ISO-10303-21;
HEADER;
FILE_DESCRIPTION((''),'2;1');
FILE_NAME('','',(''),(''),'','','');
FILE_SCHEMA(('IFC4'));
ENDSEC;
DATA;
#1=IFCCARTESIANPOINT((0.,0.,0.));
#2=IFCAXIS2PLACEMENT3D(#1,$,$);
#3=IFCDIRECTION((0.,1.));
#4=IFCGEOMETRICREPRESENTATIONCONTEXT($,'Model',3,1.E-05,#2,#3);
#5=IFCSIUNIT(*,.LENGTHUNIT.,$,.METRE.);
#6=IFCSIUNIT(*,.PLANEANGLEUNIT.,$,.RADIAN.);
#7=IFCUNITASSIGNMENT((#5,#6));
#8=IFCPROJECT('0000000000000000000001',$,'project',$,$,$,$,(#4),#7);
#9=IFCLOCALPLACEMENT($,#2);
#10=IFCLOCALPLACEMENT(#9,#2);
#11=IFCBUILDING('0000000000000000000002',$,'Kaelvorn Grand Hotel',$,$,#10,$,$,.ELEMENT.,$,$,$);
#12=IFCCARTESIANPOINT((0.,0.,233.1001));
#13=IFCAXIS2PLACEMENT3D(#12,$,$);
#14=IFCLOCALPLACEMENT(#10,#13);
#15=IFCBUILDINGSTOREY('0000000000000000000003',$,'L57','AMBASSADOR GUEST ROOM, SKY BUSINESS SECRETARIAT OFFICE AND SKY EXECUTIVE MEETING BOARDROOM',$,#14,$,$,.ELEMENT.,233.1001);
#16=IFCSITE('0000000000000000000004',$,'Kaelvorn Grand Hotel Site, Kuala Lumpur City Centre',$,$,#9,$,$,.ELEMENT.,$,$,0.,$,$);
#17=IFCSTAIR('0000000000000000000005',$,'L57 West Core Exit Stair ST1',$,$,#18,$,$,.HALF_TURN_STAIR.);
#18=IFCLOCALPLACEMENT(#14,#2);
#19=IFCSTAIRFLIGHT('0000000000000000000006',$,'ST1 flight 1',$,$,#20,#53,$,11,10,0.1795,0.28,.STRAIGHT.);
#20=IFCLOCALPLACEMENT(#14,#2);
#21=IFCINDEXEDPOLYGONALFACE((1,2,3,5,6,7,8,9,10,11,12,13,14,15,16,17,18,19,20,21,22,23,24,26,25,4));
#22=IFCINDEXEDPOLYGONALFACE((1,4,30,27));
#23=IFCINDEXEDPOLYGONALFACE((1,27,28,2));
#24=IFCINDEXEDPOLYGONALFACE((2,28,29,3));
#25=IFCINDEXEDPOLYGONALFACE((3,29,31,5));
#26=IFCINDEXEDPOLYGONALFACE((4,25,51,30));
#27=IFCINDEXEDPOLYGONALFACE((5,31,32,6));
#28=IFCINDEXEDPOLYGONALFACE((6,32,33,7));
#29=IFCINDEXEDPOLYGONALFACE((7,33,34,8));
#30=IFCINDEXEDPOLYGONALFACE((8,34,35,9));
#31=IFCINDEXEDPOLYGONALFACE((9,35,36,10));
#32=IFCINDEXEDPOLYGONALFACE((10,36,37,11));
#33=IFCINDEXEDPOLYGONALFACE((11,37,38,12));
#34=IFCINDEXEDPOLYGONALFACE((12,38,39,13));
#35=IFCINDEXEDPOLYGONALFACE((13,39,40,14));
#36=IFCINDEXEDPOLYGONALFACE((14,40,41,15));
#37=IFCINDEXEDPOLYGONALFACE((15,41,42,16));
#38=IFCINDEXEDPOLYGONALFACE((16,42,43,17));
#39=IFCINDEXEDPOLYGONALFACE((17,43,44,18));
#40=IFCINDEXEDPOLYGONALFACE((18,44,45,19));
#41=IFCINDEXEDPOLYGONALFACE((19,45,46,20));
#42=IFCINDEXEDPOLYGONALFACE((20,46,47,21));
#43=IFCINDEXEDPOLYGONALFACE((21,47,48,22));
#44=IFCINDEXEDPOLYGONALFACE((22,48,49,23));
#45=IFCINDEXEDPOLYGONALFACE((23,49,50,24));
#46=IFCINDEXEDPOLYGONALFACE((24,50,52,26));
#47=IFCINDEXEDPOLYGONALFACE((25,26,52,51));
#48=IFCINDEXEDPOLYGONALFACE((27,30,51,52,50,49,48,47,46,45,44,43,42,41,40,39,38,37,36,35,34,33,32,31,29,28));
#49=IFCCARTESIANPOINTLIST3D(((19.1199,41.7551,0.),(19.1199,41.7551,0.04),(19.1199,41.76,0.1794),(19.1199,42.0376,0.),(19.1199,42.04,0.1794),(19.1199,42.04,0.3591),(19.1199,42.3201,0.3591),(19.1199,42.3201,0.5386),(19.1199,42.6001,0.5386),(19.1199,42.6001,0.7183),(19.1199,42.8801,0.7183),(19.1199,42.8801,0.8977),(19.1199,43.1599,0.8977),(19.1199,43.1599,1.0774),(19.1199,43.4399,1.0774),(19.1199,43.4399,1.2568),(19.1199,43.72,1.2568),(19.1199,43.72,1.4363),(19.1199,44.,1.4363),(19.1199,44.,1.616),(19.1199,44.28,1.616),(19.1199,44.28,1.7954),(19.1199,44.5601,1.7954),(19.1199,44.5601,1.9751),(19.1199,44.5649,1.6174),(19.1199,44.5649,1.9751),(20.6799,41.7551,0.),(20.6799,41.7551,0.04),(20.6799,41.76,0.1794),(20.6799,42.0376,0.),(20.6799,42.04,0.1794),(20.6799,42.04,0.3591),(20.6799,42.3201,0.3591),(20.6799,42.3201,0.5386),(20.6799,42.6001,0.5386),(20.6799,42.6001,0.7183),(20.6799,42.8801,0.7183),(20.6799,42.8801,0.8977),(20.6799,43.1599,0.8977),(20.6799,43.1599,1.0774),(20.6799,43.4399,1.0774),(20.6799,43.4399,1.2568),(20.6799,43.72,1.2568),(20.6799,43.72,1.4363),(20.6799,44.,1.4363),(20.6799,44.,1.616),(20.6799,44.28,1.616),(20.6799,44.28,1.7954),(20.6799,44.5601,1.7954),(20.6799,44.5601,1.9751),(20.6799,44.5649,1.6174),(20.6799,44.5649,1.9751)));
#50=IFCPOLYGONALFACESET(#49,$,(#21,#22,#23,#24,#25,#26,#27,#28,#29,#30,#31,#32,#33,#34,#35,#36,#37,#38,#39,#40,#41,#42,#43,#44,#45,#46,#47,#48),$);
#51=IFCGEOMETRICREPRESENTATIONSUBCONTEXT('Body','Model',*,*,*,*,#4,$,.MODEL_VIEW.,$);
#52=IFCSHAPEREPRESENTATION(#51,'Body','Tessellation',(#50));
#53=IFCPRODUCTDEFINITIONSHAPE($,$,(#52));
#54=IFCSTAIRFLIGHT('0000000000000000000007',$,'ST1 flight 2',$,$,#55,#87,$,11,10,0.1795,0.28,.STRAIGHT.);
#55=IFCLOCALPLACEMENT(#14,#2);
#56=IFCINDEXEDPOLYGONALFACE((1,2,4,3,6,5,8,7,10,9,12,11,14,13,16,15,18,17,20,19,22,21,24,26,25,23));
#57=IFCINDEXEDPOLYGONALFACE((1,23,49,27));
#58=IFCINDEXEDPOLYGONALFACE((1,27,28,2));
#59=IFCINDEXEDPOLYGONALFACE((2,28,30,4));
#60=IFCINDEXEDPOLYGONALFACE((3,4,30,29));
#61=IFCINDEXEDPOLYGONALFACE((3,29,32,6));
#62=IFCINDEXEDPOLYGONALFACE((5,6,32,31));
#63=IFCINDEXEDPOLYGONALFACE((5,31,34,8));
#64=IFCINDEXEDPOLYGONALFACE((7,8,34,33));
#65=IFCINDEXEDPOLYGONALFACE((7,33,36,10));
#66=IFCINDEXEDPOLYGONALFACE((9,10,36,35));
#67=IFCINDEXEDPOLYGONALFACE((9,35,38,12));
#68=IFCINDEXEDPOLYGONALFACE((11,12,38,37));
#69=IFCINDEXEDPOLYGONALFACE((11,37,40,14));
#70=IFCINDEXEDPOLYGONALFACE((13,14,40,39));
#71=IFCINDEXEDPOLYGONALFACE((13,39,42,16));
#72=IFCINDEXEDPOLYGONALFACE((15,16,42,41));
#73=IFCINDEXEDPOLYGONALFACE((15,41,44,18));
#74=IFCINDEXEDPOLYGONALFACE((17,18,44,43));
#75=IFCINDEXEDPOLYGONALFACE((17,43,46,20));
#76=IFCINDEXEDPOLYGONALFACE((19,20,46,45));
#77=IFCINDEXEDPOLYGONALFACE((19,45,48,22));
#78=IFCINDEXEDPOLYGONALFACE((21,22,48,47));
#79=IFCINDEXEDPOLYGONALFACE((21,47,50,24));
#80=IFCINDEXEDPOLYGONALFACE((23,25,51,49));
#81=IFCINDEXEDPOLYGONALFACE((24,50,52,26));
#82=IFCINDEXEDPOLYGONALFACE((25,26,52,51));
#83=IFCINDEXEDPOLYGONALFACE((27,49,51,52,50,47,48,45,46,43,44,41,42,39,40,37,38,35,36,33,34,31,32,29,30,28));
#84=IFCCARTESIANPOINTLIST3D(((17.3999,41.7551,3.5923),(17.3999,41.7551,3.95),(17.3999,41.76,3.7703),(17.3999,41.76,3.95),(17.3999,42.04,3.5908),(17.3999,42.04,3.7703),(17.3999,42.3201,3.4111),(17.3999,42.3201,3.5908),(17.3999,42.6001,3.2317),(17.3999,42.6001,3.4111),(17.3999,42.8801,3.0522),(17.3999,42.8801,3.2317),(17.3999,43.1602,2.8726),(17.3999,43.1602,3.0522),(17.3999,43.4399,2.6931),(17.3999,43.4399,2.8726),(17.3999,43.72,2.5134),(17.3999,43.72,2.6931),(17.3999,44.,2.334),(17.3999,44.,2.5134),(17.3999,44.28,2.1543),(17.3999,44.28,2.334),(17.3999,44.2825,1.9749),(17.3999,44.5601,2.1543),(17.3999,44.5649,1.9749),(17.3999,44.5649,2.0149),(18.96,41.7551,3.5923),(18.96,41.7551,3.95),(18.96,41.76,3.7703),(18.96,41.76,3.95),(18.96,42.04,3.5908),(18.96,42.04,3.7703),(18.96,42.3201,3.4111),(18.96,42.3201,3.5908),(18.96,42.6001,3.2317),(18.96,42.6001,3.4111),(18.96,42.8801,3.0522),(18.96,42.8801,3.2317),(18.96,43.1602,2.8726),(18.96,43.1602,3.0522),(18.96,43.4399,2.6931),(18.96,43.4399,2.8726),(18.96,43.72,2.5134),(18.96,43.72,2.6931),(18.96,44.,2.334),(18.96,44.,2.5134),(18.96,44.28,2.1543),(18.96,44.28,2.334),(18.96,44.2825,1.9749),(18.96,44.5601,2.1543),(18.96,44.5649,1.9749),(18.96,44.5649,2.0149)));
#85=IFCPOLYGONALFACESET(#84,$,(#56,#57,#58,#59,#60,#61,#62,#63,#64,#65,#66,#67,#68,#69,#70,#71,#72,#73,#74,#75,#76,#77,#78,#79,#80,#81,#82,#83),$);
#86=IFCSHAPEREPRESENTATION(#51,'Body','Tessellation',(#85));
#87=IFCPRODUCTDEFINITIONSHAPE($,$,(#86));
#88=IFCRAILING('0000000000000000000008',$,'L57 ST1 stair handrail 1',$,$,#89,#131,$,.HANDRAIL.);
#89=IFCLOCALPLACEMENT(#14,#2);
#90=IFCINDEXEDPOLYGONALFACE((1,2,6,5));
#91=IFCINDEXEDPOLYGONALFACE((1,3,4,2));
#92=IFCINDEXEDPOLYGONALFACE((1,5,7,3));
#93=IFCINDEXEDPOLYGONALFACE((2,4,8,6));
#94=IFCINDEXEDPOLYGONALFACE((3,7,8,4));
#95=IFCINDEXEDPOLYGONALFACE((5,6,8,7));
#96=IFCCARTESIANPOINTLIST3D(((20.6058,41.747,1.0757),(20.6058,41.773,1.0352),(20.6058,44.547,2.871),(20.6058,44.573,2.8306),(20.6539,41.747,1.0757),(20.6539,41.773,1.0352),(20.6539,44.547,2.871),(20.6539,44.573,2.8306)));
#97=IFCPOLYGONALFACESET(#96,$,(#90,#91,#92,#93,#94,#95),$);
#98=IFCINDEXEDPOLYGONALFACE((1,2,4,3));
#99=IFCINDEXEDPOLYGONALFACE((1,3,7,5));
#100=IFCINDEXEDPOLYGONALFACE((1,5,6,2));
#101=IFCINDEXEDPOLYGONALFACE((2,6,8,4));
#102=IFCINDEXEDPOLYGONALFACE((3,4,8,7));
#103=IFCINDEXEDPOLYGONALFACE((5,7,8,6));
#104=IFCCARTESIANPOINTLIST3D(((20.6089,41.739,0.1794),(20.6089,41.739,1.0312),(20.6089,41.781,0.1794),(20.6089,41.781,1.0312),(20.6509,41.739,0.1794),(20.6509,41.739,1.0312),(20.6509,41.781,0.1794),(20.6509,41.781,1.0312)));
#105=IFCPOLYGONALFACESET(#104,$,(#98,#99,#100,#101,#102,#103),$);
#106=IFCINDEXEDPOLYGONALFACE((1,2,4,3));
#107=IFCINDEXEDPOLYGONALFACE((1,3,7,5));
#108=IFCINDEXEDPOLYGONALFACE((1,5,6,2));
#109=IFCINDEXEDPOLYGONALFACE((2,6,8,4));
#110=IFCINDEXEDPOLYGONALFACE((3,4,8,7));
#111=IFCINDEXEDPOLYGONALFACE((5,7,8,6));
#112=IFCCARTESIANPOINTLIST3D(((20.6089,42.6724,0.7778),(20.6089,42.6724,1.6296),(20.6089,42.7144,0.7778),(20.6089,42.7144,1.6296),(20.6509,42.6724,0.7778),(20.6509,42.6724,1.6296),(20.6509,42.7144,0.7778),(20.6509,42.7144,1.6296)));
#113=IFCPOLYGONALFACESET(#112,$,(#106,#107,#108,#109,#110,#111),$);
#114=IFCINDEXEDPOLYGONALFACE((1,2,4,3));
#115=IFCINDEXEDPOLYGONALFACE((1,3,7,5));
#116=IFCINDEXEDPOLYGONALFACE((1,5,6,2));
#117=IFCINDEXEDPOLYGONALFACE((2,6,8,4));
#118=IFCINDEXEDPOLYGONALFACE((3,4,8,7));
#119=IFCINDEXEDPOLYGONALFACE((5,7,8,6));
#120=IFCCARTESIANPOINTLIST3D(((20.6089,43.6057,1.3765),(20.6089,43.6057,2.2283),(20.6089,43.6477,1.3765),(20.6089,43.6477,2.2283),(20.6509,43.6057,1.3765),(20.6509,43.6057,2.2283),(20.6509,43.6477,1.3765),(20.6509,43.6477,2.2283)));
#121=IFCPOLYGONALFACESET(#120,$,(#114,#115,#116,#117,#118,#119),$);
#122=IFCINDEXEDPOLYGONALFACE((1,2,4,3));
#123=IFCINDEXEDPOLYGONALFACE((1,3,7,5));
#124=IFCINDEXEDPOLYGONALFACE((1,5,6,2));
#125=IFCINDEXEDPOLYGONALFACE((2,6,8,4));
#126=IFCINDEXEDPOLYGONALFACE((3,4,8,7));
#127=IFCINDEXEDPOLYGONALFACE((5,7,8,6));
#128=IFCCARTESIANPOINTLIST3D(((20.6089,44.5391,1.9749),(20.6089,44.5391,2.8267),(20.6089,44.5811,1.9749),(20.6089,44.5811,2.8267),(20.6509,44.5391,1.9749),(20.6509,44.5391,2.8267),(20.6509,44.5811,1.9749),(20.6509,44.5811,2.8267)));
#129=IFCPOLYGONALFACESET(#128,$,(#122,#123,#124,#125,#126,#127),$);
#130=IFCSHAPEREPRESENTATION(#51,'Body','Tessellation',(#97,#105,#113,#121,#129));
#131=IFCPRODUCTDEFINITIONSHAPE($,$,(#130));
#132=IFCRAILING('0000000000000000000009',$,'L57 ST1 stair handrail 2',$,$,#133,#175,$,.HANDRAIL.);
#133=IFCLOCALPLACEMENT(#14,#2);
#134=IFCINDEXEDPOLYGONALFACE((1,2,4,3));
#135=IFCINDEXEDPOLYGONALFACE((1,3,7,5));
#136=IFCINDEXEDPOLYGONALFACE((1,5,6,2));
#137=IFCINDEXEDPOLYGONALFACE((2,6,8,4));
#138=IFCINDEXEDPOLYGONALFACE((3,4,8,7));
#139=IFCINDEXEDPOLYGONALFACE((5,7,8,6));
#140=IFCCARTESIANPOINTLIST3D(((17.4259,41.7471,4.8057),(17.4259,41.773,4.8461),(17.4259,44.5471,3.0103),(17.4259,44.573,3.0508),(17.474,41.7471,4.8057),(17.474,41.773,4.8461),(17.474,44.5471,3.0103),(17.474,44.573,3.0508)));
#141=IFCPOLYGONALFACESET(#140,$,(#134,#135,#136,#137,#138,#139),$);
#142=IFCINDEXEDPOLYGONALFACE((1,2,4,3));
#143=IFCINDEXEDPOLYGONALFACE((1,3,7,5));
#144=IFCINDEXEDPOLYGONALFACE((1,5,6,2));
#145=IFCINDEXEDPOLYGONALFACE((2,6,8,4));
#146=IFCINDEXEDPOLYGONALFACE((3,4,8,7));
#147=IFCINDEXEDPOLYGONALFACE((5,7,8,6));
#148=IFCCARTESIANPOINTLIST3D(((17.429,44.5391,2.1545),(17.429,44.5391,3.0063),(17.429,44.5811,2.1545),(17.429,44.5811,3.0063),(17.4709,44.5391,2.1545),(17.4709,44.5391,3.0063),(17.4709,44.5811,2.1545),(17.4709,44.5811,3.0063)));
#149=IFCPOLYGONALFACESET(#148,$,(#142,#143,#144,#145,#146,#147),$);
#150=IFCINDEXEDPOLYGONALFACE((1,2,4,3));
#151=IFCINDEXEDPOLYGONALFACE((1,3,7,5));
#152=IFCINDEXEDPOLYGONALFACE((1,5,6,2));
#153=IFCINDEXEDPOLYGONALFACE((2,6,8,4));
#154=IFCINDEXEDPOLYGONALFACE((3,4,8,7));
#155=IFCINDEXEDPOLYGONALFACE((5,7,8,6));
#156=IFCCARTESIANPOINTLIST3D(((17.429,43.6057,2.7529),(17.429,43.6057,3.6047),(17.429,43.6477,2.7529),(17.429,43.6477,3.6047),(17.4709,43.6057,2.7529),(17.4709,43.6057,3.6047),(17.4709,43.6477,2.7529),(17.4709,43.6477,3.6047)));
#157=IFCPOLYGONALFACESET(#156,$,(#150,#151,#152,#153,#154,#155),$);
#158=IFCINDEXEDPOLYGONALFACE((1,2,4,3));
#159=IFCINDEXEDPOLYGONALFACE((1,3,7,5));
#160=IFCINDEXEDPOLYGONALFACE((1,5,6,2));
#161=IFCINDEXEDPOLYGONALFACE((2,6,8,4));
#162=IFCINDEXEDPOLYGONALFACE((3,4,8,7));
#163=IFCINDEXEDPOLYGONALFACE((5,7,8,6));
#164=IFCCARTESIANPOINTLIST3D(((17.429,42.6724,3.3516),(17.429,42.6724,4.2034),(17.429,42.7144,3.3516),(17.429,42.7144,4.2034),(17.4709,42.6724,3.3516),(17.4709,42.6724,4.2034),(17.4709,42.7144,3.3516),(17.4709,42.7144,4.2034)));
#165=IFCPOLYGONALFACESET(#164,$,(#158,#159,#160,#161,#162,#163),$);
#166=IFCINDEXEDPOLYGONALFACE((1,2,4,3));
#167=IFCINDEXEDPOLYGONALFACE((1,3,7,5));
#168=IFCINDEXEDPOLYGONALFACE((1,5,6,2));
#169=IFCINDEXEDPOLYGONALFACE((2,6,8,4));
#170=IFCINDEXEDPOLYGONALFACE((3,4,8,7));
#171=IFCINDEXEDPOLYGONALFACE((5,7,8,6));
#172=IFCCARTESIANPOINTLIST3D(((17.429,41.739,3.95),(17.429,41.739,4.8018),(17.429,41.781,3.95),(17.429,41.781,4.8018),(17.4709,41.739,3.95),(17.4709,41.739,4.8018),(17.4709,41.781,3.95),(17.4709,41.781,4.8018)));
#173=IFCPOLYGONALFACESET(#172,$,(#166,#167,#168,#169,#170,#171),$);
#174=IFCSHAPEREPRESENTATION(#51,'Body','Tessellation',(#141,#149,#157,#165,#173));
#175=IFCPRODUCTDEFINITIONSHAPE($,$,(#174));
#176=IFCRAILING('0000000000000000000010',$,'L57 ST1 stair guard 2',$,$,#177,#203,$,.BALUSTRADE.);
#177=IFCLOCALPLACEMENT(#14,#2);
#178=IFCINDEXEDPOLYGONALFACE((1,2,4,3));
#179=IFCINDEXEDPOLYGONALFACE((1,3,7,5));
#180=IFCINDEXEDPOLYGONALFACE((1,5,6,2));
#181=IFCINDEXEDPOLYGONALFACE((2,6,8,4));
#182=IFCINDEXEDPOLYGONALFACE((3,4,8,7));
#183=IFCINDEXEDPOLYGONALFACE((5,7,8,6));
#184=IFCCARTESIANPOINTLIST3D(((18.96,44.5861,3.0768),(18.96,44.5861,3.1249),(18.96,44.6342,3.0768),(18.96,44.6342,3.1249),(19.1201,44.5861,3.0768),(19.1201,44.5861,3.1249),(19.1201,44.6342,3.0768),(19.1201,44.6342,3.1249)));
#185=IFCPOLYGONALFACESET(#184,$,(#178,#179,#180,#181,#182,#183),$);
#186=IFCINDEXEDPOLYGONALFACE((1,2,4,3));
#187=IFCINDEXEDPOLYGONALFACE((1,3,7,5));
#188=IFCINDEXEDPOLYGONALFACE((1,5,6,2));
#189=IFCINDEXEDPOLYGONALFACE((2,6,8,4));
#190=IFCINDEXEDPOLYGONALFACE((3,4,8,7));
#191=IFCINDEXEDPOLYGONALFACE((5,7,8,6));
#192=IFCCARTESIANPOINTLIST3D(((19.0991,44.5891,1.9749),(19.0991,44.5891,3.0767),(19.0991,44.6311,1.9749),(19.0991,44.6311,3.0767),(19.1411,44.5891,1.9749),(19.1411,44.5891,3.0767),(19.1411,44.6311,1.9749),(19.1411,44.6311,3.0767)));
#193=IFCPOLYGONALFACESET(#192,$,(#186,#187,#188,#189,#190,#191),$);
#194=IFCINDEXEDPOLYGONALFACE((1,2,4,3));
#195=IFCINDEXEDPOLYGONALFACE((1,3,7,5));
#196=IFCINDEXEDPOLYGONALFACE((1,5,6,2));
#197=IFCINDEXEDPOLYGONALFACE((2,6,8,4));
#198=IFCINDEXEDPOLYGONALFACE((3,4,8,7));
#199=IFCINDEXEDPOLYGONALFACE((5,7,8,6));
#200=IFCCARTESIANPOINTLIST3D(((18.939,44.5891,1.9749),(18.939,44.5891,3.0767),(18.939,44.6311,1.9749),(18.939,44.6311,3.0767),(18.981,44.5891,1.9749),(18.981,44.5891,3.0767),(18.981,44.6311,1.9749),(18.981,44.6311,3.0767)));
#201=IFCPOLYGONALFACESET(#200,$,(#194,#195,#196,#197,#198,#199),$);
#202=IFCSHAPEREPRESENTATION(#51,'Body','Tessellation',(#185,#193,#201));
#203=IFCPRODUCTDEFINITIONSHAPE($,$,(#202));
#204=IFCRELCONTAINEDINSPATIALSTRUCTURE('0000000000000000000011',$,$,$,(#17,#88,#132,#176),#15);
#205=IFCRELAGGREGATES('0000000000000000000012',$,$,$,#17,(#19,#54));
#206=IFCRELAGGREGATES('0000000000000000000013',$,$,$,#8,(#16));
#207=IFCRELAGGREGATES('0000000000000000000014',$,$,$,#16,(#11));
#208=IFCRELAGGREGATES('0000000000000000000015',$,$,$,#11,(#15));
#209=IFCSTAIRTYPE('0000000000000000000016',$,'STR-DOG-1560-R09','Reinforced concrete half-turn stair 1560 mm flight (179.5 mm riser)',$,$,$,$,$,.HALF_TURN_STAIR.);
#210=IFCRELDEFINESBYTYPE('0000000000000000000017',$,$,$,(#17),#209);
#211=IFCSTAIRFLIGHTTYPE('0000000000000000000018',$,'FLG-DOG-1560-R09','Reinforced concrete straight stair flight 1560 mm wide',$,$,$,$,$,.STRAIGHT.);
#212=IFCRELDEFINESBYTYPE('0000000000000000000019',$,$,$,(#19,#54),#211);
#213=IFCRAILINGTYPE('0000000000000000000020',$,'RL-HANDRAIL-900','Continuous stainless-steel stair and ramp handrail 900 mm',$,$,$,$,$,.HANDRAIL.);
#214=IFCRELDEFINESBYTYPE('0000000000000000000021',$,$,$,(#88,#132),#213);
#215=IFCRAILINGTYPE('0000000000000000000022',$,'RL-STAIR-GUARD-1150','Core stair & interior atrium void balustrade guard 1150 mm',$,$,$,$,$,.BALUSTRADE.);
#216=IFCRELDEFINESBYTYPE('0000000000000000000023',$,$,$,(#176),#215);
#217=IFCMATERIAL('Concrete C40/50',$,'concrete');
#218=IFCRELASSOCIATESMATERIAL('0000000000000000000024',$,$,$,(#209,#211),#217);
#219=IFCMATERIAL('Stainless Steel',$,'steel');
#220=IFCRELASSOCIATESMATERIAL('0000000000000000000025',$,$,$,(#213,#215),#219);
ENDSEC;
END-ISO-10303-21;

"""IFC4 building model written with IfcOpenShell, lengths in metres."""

from ifc_helpers import new_model, si_unit, direction, frame, origin, origin_2d, place, context, subcontext, project, spatial, polyline, rectangle, outline, extrude, material, type_object, element, aggregate, save


model = new_model("IFC4")

# Units and contexts
model_context = context("Model", 3, precision=1e-05, world=origin(), true_north=direction((0.0, 1.0)))
body_context = subcontext(model_context, "Body", "Model", "MODEL_VIEW")
ifc_project = project(units=[si_unit("LENGTHUNIT", "METRE"), si_unit("PLANEANGLEUNIT", "RADIAN")], contexts=[model_context])

# Site, building, storey
site_placement = place(None, origin())
site = spatial("IfcSite", under=ifc_project, at=site_placement, Name="Kaelvorn Grand Hotel Site, Kuala Lumpur City Centre", CompositionType="ELEMENT", RefElevation=0.0)
building_placement = place(site_placement, origin())
building = spatial("IfcBuilding", under=site, at=building_placement, Name="Kaelvorn Grand Hotel", CompositionType="ELEMENT")
storey_placement = place(building_placement, frame((0.0, 0.0, 233.1001)))
storey = spatial("IfcBuildingStorey", under=building, at=storey_placement, Name="L57", Description="AMBASSADOR GUEST ROOM, SKY BUSINESS SECRETARIAT OFFICE AND SKY EXECUTIVE MEETING BOARDROOM", CompositionType="ELEMENT", Elevation=233.1001)

# Shared definitions
ifc_material_1 = material(Name="Concrete C40/50", Category="concrete")

# Stair, stair flights
stair_type = type_object("IfcStairType", Name="STR-DOG-1560-R09", Description="Reinforced concrete half-turn stair 1560 mm flight (179.5 mm riser)", PredefinedType="HALF_TURN_STAIR", material=ifc_material_1)
stair_placement = place(storey_placement, origin())
stair = element("IfcStair", 1, at=stair_placement, inside=storey, type_object=stair_type, Name="L57 West Core Exit Stair ST1", PredefinedType="HALF_TURN_STAIR")
stair_flight_type = type_object("IfcStairFlightType", Name="FLG-DOG-1560-R09", Description="Reinforced concrete straight stair flight 1560 mm wide", PredefinedType="STRAIGHT", material=ifc_material_1)
stair_flight_1_placement = place(storey_placement, frame((19.8999, 41.76, 0.0), z_axis=(0.0, 0.0, 1.0), x_axis=(0.0, 1.0, 0.0)))
stair_flight_1 = element("IfcStairFlight", 2, at=stair_flight_1_placement, type_object=stair_flight_type, Name="ST1 flight 1", NumberOfRisers=11, NumberOfTreads=10, PredefinedType="STRAIGHT", RiserHeight=0.1795, TreadLength=0.28, context=body_context, shape_type="SweptSolid", body=[
    extrude(outline(polyline([(-0.0049, 0.0), (-0.0049, 0.04), (0.0, 0.1794), (0.28, 0.1794), (0.28, 0.3591), (0.5601, 0.3591), (0.5601, 0.5386), (0.8401, 0.5386), (0.8401, 0.7183), (1.1201, 0.7183), (1.1201, 0.8977), (1.3999, 0.8977), (1.3999, 1.0774), (1.6799, 1.0774), (1.6799, 1.2568), (1.96, 1.2568), (1.96, 1.4363), (2.24, 1.4363), (2.24, 1.616), (2.52, 1.616), (2.52, 1.7954), (2.8, 1.7954), (2.8, 1.9751), (2.8049, 1.9751), (2.8049, 1.6174), (0.2776, 0.0), (-0.0049, 0.0)])), frame((0.0, 0.78, 0.0), z_axis=(0.0, -1.0, 0.0), x_axis=(1.0, 0.0, 0.0)), (0.0, 0.0, 1.0), 1.5601),
])
stair_flight_2_placement = place(storey_placement, frame((18.1799, 44.5601, 1.9749), z_axis=(0.0, 0.0, 1.0), x_axis=(0.0, -1.0, 0.0)))
stair_flight_2 = element("IfcStairFlight", 3, at=stair_flight_2_placement, type_object=stair_flight_type, Name="ST1 flight 2", NumberOfRisers=11, NumberOfTreads=10, PredefinedType="STRAIGHT", RiserHeight=0.1795, TreadLength=0.28, context=body_context, shape_type="SweptSolid", body=[
    extrude(outline(polyline([(-0.0049, 0.0), (-0.0049, 0.04), (0.0, 0.1794), (0.28, 0.1794), (0.28, 0.3591), (0.5601, 0.3591), (0.5601, 0.5386), (0.8401, 0.5386), (0.8401, 0.7183), (1.1201, 0.7183), (1.1201, 0.8977), (1.3999, 0.8977), (1.3999, 1.0774), (1.6799, 1.0774), (1.6799, 1.2568), (1.96, 1.2568), (1.96, 1.4363), (2.24, 1.4363), (2.24, 1.616), (2.52, 1.616), (2.52, 1.7954), (2.8, 1.7954), (2.8, 1.9751), (2.8049, 1.9751), (2.8049, 1.6174), (0.2776, 0.0), (-0.0049, 0.0)])), frame((0.0, 0.78, 0.0), z_axis=(0.0, -1.0, 0.0), x_axis=(1.0, 0.0, 0.0)), (0.0, 0.0, 1.0), 1.5601),
])
aggregate(stair, [stair_flight_1, stair_flight_2])

# Railings
ifc_material_2 = material(Name="Stainless Steel", Category="steel")
railing_type_1 = type_object("IfcRailingType", Name="RL-HANDRAIL-900", Description="Continuous stainless-steel stair and ramp handrail 900 mm", PredefinedType="HANDRAIL", material=ifc_material_2)
railing_1_placement = place(storey_placement, frame((20.6299, 41.76, 0.1794)))
element("IfcRailing", 4, at=railing_1_placement, inside=storey, type_object=railing_type_1, Name="L57 ST1 stair handrail 1", PredefinedType="HANDRAIL", context=body_context, shape_type="SweptSolid", body=[
    extrude(rectangle(XDim=0.0481, YDim=0.0481, at=origin_2d()), frame((0.0, 0.0, 0.876), z_axis=(0.0, 0.84181, 0.539774), x_axis=(-1.0, 0.0, 0.0)), (0.0, 0.0, 1.0), 3.3262),
    extrude(rectangle(XDim=0.042, YDim=0.042, at=origin_2d()), origin(), (0.0, 0.0, 1.0), 0.8518),
    extrude(rectangle(XDim=0.042, YDim=0.042, at=origin_2d()), frame((0.0, 0.9333, 0.5984)), (0.0, 0.0, 1.0), 0.8518),
    extrude(rectangle(XDim=0.042, YDim=0.042, at=origin_2d()), frame((0.0, 1.8667, 1.197)), (0.0, 0.0, 1.0), 0.8518),
    extrude(rectangle(XDim=0.042, YDim=0.042, at=origin_2d()), frame((0.0, 2.8, 1.7954)), (0.0, 0.0, 1.0), 0.8518),
])
railing_2_placement = place(storey_placement, frame((17.45, 44.5601, 2.1545)))
element("IfcRailing", 5, at=railing_2_placement, inside=storey, type_object=railing_type_1, Name="L57 ST1 stair handrail 2", PredefinedType="HANDRAIL", context=body_context, shape_type="SweptSolid", body=[
    extrude(rectangle(XDim=0.0481, YDim=0.0481, at=origin_2d()), frame((0.0, 0.0, 0.876), z_axis=(0.0, -0.84181, 0.539774), x_axis=(1.0, 0.0, 0.0)), (0.0, 0.0, 1.0), 3.3262),
    extrude(rectangle(XDim=0.042, YDim=0.042, at=origin_2d()), origin(), (0.0, 0.0, 1.0), 0.8518),
    extrude(rectangle(XDim=0.042, YDim=0.042, at=origin_2d()), frame((0.0, -0.9333, 0.5984)), (0.0, 0.0, 1.0), 0.8518),
    extrude(rectangle(XDim=0.042, YDim=0.042, at=origin_2d()), frame((0.0, -1.8667, 1.197)), (0.0, 0.0, 1.0), 0.8518),
    extrude(rectangle(XDim=0.042, YDim=0.042, at=origin_2d()), frame((0.0, -2.8, 1.7954)), (0.0, 0.0, 1.0), 0.8518),
])
railing_type_2 = type_object("IfcRailingType", Name="RL-STAIR-GUARD-1150", Description="Core stair & interior atrium void balustrade guard 1150 mm", PredefinedType="BALUSTRADE", material=ifc_material_2)
railing_3_placement = place(storey_placement, frame((19.1201, 44.6101, 1.9749)))
element("IfcRailing", 6, at=railing_3_placement, inside=storey, type_object=railing_type_2, Name="L57 ST1 stair guard 2", PredefinedType="BALUSTRADE", context=body_context, shape_type="SweptSolid", body=[
    extrude(rectangle(XDim=0.0481, YDim=0.0481, at=origin_2d()), frame((0.0, 0.0, 1.126), z_axis=(-1.0, 0.0, 0.0), x_axis=(0.0, -1.0, 0.0)), (0.0, 0.0, 1.0), 0.1602),
    extrude(rectangle(XDim=0.042, YDim=0.042, at=origin_2d()), origin(), (0.0, 0.0, 1.0), 1.1018),
    extrude(rectangle(XDim=0.042, YDim=0.042, at=origin_2d()), frame((-0.1602, 0.0, 0.0)), (0.0, 0.0, 1.0), 1.1018),
])

save(model, "model.ifc")
